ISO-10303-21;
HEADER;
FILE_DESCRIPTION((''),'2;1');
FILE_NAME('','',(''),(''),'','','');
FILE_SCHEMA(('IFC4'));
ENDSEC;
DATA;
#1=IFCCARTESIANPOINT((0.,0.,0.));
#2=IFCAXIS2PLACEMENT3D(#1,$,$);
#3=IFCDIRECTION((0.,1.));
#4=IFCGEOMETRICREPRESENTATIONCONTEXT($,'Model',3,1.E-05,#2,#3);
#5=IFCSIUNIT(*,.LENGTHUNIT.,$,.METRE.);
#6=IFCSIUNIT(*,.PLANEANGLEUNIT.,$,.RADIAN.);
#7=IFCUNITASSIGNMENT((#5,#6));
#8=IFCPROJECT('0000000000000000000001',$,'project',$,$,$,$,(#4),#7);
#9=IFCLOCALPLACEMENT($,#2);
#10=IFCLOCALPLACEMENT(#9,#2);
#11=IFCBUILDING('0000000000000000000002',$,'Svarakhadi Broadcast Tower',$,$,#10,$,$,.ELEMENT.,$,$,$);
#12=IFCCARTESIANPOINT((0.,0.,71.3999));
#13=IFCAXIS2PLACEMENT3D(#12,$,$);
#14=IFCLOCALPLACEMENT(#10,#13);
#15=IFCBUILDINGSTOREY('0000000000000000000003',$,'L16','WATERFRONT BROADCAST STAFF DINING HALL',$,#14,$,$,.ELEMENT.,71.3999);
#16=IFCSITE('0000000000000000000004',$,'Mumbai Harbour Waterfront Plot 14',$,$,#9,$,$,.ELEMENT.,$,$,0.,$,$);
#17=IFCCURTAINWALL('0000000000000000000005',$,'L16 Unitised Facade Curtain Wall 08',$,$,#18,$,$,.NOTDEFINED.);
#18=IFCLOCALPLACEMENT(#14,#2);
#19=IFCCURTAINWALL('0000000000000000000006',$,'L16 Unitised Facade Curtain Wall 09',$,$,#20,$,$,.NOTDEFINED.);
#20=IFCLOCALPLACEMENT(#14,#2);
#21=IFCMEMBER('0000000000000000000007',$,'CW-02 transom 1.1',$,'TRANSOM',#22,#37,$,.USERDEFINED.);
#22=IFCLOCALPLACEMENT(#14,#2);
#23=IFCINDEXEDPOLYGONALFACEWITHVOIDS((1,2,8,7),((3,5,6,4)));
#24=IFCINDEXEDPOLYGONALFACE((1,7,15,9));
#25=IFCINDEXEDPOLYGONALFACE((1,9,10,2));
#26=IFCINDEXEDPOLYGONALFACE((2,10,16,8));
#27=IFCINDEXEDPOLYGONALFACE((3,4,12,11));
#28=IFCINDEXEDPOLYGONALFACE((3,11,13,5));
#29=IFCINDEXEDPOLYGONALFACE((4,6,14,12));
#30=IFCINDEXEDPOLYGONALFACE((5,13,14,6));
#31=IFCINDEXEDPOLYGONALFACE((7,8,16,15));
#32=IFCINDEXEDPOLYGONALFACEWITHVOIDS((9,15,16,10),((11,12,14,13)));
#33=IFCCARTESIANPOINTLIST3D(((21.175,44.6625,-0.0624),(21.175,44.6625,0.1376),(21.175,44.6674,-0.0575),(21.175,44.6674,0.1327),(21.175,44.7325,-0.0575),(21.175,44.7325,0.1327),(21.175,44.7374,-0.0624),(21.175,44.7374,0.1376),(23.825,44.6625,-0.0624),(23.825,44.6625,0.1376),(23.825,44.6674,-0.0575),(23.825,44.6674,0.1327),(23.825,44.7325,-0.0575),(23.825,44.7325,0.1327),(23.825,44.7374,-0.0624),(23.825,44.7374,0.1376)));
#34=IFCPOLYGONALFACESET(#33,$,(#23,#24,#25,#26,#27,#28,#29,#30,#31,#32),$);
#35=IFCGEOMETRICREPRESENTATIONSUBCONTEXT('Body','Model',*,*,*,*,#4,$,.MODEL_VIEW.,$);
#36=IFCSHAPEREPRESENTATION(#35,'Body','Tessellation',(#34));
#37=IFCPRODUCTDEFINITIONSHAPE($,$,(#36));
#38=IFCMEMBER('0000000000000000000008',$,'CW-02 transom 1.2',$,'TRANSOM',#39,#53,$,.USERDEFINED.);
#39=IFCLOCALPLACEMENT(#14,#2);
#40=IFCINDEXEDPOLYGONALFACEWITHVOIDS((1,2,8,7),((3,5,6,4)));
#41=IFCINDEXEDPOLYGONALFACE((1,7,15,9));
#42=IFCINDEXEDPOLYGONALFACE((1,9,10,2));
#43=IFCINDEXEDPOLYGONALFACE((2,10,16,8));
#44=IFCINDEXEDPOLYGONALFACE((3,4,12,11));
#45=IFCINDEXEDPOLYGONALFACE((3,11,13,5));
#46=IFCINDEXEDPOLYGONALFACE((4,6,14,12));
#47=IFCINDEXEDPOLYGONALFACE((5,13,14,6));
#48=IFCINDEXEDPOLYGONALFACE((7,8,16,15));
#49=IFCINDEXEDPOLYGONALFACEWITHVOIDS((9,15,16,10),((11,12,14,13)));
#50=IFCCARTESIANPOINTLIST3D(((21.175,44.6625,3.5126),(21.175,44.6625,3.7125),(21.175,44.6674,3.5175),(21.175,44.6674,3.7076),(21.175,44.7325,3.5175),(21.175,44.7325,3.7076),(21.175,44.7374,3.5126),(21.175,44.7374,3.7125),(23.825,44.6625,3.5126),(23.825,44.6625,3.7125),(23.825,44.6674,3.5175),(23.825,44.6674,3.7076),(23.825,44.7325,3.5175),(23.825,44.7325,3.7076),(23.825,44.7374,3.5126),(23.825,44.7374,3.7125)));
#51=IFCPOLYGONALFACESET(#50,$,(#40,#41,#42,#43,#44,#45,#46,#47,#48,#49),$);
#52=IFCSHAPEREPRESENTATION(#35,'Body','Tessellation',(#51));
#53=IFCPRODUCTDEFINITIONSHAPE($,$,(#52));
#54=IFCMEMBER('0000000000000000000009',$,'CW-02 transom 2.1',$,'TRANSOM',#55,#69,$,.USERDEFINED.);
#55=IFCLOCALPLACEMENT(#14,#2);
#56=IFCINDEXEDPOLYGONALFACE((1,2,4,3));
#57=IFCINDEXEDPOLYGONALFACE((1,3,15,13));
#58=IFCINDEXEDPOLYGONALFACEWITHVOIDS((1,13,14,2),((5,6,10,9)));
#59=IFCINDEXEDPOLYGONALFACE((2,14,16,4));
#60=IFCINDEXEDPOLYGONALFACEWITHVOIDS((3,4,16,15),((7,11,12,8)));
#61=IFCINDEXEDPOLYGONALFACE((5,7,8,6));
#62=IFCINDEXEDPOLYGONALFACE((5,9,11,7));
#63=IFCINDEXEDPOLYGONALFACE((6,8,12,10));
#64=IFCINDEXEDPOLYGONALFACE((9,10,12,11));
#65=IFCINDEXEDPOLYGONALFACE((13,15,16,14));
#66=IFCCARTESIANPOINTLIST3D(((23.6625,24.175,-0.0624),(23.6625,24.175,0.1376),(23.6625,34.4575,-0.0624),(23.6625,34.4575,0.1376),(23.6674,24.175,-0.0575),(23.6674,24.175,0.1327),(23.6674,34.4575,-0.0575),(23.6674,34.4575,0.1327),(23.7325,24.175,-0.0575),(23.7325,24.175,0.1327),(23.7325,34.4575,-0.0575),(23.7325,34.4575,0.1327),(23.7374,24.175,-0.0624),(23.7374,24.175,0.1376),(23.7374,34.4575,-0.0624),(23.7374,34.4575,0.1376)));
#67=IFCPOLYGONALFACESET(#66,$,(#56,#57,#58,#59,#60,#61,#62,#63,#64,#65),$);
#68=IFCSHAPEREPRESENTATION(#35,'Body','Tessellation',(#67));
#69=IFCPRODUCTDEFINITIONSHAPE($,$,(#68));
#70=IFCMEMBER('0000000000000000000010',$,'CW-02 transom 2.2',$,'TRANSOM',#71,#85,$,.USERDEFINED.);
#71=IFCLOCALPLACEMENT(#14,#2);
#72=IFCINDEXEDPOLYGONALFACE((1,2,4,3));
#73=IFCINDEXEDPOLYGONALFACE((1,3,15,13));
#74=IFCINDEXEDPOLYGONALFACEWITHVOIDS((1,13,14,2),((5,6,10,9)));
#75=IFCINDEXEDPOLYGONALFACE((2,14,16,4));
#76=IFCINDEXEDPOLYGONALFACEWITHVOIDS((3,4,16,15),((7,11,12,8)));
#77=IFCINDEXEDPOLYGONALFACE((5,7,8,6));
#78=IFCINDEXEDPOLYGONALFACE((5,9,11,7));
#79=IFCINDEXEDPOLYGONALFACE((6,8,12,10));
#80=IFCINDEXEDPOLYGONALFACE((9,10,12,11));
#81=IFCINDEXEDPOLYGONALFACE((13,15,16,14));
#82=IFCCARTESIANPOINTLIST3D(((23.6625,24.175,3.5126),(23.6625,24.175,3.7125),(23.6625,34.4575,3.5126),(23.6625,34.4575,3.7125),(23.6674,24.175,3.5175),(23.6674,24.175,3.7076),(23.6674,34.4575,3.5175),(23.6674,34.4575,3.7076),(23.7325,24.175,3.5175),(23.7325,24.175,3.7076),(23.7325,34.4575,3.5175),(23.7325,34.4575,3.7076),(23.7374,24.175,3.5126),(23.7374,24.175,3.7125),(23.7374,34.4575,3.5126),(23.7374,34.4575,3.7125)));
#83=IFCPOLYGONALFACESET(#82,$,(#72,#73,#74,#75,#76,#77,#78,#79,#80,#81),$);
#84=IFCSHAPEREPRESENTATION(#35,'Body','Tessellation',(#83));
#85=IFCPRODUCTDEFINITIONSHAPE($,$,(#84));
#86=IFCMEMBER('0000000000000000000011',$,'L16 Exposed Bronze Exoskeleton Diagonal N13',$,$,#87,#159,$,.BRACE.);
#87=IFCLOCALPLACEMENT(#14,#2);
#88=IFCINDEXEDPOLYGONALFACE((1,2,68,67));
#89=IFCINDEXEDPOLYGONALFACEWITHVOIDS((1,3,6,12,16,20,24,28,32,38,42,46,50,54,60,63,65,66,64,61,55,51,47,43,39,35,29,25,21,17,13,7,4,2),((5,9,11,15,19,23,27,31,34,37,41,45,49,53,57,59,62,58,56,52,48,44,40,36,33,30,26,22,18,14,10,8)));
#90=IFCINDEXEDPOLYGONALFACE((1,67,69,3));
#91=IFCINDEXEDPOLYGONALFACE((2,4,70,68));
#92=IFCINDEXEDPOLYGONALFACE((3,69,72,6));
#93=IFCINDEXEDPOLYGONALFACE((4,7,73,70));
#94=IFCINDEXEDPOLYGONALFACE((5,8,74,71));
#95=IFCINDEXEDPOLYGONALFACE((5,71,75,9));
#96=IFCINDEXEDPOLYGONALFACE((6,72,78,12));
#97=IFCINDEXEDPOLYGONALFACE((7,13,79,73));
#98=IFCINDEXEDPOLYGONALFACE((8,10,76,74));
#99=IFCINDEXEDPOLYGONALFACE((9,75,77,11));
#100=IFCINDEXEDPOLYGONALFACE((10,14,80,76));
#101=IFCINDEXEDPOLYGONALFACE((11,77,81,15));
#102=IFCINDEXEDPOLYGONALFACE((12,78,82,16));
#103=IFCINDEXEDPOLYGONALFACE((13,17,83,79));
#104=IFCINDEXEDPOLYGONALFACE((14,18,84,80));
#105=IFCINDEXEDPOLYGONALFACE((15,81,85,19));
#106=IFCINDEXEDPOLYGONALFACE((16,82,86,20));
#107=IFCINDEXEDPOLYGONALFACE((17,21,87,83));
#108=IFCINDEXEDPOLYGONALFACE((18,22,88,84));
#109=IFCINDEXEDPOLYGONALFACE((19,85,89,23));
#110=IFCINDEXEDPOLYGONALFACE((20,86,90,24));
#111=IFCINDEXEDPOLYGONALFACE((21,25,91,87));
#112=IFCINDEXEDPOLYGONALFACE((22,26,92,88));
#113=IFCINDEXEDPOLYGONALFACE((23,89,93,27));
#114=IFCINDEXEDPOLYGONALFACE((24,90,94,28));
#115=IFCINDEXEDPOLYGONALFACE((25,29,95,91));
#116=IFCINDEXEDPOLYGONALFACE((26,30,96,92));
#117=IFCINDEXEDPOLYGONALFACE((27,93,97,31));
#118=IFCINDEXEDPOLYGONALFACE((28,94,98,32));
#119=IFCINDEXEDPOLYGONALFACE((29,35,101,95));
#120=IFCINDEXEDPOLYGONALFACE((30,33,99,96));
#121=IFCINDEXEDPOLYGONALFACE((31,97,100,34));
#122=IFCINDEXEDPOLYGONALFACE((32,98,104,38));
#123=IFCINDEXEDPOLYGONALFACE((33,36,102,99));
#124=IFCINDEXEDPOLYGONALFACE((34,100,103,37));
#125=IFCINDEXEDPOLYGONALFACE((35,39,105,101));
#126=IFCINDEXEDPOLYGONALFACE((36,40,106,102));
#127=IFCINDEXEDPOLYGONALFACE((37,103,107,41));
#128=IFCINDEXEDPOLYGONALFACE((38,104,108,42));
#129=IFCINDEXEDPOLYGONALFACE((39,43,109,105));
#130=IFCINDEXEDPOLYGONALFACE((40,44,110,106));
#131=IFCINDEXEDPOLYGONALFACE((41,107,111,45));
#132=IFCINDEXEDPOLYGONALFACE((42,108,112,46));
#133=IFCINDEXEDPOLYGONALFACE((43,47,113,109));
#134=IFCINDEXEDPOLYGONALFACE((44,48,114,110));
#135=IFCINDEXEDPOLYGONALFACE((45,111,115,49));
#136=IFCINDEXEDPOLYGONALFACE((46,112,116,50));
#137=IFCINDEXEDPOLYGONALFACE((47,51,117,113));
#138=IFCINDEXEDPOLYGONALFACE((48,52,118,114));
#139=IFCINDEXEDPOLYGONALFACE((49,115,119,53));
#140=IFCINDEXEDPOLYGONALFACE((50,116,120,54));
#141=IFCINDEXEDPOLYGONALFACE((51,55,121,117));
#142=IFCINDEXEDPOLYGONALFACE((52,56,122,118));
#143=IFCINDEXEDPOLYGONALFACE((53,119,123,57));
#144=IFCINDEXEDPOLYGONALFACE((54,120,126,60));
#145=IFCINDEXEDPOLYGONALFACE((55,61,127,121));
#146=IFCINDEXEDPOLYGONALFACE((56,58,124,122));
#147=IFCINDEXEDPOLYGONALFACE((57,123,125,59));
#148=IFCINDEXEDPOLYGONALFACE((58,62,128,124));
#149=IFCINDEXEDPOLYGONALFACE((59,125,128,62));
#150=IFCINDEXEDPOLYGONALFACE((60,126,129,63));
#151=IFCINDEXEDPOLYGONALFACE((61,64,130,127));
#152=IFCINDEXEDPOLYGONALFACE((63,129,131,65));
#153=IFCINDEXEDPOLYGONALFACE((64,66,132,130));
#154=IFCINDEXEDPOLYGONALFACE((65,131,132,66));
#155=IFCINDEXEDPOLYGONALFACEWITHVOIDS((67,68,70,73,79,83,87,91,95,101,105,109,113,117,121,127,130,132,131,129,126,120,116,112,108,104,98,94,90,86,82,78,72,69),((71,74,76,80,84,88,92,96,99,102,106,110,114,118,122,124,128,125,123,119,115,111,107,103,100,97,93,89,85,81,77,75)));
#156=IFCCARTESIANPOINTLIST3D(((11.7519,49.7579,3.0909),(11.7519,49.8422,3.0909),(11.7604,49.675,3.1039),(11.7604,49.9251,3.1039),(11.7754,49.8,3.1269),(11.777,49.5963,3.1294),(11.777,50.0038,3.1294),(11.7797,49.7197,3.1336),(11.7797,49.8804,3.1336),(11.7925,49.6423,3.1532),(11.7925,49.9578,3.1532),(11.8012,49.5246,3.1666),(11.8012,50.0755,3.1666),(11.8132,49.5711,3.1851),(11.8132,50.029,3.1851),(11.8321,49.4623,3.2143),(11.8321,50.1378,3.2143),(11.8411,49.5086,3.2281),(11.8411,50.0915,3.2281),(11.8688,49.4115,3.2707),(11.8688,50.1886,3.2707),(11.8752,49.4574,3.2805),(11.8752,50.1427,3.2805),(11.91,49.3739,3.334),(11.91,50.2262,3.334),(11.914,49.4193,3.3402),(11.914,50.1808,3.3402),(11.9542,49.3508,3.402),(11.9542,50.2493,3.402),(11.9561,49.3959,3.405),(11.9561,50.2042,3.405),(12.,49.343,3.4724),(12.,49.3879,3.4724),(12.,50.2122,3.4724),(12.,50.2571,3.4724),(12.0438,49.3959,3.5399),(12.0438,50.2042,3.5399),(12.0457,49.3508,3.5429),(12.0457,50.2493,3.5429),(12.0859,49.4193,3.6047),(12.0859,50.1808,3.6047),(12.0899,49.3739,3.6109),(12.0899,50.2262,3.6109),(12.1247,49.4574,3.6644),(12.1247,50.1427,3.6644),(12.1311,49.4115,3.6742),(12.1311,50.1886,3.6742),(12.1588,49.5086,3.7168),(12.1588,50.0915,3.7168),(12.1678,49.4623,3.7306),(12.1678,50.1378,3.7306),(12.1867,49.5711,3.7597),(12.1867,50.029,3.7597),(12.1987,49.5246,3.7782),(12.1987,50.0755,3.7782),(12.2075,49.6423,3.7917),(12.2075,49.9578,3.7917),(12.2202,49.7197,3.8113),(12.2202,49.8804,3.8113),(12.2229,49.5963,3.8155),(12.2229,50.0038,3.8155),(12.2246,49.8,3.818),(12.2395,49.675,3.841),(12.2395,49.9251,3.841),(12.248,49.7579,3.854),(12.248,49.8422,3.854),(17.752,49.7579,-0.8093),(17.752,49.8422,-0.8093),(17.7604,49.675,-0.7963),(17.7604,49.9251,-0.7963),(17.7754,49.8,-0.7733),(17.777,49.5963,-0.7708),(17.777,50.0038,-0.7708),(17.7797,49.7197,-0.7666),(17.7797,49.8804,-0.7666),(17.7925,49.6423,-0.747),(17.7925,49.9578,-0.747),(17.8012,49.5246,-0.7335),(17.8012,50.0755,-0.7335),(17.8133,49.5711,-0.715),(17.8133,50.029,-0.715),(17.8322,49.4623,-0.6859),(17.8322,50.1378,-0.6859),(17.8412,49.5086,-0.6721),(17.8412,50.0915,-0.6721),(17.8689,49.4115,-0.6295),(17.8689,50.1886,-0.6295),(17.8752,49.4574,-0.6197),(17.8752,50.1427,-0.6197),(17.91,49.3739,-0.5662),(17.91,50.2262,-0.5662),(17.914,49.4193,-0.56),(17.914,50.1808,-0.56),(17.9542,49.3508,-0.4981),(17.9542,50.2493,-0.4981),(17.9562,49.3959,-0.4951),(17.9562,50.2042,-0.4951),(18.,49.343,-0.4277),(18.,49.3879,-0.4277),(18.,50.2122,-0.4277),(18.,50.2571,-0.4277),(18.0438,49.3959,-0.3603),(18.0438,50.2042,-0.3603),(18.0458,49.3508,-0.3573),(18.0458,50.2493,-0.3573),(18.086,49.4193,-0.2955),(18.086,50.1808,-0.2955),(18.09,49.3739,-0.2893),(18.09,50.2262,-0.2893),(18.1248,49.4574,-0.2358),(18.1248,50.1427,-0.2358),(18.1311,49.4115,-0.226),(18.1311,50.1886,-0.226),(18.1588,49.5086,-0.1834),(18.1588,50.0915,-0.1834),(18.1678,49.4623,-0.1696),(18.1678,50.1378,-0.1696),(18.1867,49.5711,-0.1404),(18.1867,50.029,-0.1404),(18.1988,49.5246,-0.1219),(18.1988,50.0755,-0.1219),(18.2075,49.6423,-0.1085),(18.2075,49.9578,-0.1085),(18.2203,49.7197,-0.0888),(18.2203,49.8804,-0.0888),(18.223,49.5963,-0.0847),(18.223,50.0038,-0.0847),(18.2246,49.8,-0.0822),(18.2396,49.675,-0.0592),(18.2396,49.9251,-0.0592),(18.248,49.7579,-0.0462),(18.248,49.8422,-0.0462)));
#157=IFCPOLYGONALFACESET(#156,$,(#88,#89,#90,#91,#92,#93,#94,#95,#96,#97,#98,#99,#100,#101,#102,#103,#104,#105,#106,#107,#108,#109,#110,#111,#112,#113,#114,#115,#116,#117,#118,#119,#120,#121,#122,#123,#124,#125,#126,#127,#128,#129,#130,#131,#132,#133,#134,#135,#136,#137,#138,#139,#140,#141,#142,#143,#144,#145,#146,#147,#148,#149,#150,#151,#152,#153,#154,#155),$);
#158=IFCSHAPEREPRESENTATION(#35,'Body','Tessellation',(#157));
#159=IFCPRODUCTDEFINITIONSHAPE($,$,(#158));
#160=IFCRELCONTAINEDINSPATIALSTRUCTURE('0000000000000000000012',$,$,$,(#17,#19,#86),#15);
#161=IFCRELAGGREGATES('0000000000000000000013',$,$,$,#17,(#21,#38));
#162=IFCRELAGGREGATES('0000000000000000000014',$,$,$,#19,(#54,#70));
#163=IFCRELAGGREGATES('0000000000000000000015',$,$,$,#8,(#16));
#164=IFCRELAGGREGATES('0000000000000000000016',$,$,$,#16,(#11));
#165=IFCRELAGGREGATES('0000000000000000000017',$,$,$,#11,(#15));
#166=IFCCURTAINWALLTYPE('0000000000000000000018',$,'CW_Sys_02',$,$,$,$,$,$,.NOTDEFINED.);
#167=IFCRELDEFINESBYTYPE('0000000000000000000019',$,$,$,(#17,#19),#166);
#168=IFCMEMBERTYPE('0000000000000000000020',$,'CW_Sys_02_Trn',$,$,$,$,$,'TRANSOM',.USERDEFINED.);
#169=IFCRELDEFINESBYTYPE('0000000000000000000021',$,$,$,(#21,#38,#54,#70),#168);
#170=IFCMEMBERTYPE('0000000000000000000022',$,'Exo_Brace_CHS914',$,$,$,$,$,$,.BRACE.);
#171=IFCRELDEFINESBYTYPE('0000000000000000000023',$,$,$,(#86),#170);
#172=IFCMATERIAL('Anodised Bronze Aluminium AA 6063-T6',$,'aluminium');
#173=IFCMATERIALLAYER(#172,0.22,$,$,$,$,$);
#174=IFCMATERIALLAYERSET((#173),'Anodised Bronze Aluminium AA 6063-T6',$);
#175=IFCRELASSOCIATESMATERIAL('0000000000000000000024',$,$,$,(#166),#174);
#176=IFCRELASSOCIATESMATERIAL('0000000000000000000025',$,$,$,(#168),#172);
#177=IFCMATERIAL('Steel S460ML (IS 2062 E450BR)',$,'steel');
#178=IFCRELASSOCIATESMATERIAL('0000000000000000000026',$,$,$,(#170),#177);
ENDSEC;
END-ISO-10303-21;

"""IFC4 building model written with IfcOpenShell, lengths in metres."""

from ifc_helpers import new_model, si_unit, direction, frame, origin, origin_2d, place, context, subcontext, project, spatial, hollow_rectangle, hollow_circle, extrude, material, layer, layer_set, material_profile, profile_set, type_object, element, aggregate, save


model = new_model("IFC4")

# Units and contexts
model_context = context("Model", 3, precision=1e-05, world=origin(), true_north=direction((0.0, 1.0)))
body_context = subcontext(model_context, "Body", "Model", "MODEL_VIEW")
ifc_project = project(units=[si_unit("LENGTHUNIT", "METRE"), si_unit("PLANEANGLEUNIT", "RADIAN")], contexts=[model_context])

# Site, building, storey
site_placement = place(None, origin())
site = spatial("IfcSite", under=ifc_project, at=site_placement, Name="Mumbai Harbour Waterfront Plot 14", CompositionType="ELEMENT", RefElevation=0.0)
building_placement = place(site_placement, origin())
building = spatial("IfcBuilding", under=site, at=building_placement, Name="Svarakhadi Broadcast Tower", CompositionType="ELEMENT")
storey_placement = place(building_placement, frame((0.0, 0.0, 71.3999)))
storey = spatial("IfcBuildingStorey", under=building, at=storey_placement, Name="L16", Description="WATERFRONT BROADCAST STAFF DINING HALL", CompositionType="ELEMENT", Elevation=71.3999)

# Shared definitions
ifc_material_1 = material(Name="Anodised Bronze Aluminium AA 6063-T6", Category="aluminium")
ifc_layer_1 = layer(ifc_material_1, 0.22)
ifc_layer_set_1 = layer_set([ifc_layer_1], Name="Anodised Bronze Aluminium AA 6063-T6")
curtain_wall_type = type_object("IfcCurtainWallType", Name="CW_Sys_02", PredefinedType="NOTDEFINED", material=ifc_layer_set_1)

# Curtain wall
curtain_wall_1_placement = place(storey_placement, origin())
curtain_wall_1 = element("IfcCurtainWall", 1, at=curtain_wall_1_placement, inside=storey, type_object=curtain_wall_type, Name="L16 Unitised Facade Curtain Wall 08", PredefinedType="NOTDEFINED")

# Curtain wall
curtain_wall_2_placement = place(storey_placement, origin())
curtain_wall_2 = element("IfcCurtainWall", 2, at=curtain_wall_2_placement, inside=storey, type_object=curtain_wall_type, Name="L16 Unitised Facade Curtain Wall 09", PredefinedType="NOTDEFINED")

# Members
ifc_material_profile_1 = material_profile(ifc_material_1, hollow_rectangle(XDim=0.075, YDim=0.2, WallThickness=0.0049, at=origin_2d()), Name="ALU TRANSOM 200x75x5")
ifc_profile_set_1 = profile_set([ifc_material_profile_1], Name="Anodised Bronze Aluminium AA 6063-T6")
member_type_1 = type_object("IfcMemberType", Name="CW_Sys_02_Trn", ElementType="TRANSOM", PredefinedType="USERDEFINED", material=ifc_profile_set_1)
member_1_placement = place(storey_placement, frame((21.175, 44.7, 0.0376), z_axis=(1.0, 0.0, 0.0), x_axis=(0.0, 1.0, 0.0)))
member_1 = element("IfcMember", 3, at=member_1_placement, type_object=member_type_1, Name="CW-02 transom 1.1", ObjectType="TRANSOM", PredefinedType="USERDEFINED", context=body_context, shape_type="SweptSolid", body=[
    extrude(hollow_rectangle(XDim=0.075, YDim=0.2, WallThickness=0.0049, at=origin_2d()), origin(), (0.0, 0.0, 1.0), 2.6499),
])
member_2_placement = place(storey_placement, frame((21.175, 44.7, 3.6125), z_axis=(1.0, 0.0, 0.0), x_axis=(0.0, 1.0, 0.0)))
member_2 = element("IfcMember", 4, at=member_2_placement, type_object=member_type_1, Name="CW-02 transom 1.2", ObjectType="TRANSOM", PredefinedType="USERDEFINED", context=body_context, shape_type="SweptSolid", body=[
    extrude(hollow_rectangle(XDim=0.075, YDim=0.2, WallThickness=0.0049, at=origin_2d()), origin(), (0.0, 0.0, 1.0), 2.6499),
])
member_3_placement = place(storey_placement, frame((23.7, 34.4575, 0.0376), z_axis=(0.0, -1.0, 0.0), x_axis=(1.0, 0.0, 0.0)))
member_3 = element("IfcMember", 5, at=member_3_placement, type_object=member_type_1, Name="CW-02 transom 2.1", ObjectType="TRANSOM", PredefinedType="USERDEFINED", context=body_context, shape_type="SweptSolid", body=[
    extrude(hollow_rectangle(XDim=0.075, YDim=0.2, WallThickness=0.0049, at=origin_2d()), origin(), (0.0, 0.0, 1.0), 10.2825),
])
member_4_placement = place(storey_placement, frame((23.7, 34.4575, 3.6125), z_axis=(0.0, -1.0, 0.0), x_axis=(1.0, 0.0, 0.0)))
member_4 = element("IfcMember", 6, at=member_4_placement, type_object=member_type_1, Name="CW-02 transom 2.2", ObjectType="TRANSOM", PredefinedType="USERDEFINED", context=body_context, shape_type="SweptSolid", body=[
    extrude(hollow_rectangle(XDim=0.075, YDim=0.2, WallThickness=0.0049, at=origin_2d()), origin(), (0.0, 0.0, 1.0), 10.2825),
])

# Member
ifc_material_2 = material(Name="Steel S460ML (IS 2062 E450BR)", Category="steel")
ifc_material_profile_2 = material_profile(ifc_material_2, hollow_circle(Radius=0.457, WallThickness=0.0449, at=origin_2d()), Name="CHS 914x45")
ifc_profile_set_2 = profile_set([ifc_material_profile_2], Name="Steel S460ML (IS 2062 E450BR)")
member_type_2 = type_object("IfcMemberType", Name="Exo_Brace_CHS914", PredefinedType="BRACE", material=ifc_profile_set_2)
member_5_placement = place(storey_placement, frame((18.0, 49.8, -0.4277), z_axis=(-0.838434, 0.0, 0.545003), x_axis=(0.0, -1.0, 0.0)))
element("IfcMember", 7, at=member_5_placement, inside=storey, type_object=member_type_2, Name="L16 Exposed Bronze Exoskeleton Diagonal N13", PredefinedType="BRACE", context=body_context, shape_type="SweptSolid", body=[
    extrude(hollow_circle(Radius=0.457, WallThickness=0.0449, at=origin_2d()), origin(), (0.0, 0.0, 1.0), 7.1562),
])

aggregate(curtain_wall_1, [member_1, member_2])
aggregate(curtain_wall_2, [member_3, member_4])

save(model, "model.ifc")
